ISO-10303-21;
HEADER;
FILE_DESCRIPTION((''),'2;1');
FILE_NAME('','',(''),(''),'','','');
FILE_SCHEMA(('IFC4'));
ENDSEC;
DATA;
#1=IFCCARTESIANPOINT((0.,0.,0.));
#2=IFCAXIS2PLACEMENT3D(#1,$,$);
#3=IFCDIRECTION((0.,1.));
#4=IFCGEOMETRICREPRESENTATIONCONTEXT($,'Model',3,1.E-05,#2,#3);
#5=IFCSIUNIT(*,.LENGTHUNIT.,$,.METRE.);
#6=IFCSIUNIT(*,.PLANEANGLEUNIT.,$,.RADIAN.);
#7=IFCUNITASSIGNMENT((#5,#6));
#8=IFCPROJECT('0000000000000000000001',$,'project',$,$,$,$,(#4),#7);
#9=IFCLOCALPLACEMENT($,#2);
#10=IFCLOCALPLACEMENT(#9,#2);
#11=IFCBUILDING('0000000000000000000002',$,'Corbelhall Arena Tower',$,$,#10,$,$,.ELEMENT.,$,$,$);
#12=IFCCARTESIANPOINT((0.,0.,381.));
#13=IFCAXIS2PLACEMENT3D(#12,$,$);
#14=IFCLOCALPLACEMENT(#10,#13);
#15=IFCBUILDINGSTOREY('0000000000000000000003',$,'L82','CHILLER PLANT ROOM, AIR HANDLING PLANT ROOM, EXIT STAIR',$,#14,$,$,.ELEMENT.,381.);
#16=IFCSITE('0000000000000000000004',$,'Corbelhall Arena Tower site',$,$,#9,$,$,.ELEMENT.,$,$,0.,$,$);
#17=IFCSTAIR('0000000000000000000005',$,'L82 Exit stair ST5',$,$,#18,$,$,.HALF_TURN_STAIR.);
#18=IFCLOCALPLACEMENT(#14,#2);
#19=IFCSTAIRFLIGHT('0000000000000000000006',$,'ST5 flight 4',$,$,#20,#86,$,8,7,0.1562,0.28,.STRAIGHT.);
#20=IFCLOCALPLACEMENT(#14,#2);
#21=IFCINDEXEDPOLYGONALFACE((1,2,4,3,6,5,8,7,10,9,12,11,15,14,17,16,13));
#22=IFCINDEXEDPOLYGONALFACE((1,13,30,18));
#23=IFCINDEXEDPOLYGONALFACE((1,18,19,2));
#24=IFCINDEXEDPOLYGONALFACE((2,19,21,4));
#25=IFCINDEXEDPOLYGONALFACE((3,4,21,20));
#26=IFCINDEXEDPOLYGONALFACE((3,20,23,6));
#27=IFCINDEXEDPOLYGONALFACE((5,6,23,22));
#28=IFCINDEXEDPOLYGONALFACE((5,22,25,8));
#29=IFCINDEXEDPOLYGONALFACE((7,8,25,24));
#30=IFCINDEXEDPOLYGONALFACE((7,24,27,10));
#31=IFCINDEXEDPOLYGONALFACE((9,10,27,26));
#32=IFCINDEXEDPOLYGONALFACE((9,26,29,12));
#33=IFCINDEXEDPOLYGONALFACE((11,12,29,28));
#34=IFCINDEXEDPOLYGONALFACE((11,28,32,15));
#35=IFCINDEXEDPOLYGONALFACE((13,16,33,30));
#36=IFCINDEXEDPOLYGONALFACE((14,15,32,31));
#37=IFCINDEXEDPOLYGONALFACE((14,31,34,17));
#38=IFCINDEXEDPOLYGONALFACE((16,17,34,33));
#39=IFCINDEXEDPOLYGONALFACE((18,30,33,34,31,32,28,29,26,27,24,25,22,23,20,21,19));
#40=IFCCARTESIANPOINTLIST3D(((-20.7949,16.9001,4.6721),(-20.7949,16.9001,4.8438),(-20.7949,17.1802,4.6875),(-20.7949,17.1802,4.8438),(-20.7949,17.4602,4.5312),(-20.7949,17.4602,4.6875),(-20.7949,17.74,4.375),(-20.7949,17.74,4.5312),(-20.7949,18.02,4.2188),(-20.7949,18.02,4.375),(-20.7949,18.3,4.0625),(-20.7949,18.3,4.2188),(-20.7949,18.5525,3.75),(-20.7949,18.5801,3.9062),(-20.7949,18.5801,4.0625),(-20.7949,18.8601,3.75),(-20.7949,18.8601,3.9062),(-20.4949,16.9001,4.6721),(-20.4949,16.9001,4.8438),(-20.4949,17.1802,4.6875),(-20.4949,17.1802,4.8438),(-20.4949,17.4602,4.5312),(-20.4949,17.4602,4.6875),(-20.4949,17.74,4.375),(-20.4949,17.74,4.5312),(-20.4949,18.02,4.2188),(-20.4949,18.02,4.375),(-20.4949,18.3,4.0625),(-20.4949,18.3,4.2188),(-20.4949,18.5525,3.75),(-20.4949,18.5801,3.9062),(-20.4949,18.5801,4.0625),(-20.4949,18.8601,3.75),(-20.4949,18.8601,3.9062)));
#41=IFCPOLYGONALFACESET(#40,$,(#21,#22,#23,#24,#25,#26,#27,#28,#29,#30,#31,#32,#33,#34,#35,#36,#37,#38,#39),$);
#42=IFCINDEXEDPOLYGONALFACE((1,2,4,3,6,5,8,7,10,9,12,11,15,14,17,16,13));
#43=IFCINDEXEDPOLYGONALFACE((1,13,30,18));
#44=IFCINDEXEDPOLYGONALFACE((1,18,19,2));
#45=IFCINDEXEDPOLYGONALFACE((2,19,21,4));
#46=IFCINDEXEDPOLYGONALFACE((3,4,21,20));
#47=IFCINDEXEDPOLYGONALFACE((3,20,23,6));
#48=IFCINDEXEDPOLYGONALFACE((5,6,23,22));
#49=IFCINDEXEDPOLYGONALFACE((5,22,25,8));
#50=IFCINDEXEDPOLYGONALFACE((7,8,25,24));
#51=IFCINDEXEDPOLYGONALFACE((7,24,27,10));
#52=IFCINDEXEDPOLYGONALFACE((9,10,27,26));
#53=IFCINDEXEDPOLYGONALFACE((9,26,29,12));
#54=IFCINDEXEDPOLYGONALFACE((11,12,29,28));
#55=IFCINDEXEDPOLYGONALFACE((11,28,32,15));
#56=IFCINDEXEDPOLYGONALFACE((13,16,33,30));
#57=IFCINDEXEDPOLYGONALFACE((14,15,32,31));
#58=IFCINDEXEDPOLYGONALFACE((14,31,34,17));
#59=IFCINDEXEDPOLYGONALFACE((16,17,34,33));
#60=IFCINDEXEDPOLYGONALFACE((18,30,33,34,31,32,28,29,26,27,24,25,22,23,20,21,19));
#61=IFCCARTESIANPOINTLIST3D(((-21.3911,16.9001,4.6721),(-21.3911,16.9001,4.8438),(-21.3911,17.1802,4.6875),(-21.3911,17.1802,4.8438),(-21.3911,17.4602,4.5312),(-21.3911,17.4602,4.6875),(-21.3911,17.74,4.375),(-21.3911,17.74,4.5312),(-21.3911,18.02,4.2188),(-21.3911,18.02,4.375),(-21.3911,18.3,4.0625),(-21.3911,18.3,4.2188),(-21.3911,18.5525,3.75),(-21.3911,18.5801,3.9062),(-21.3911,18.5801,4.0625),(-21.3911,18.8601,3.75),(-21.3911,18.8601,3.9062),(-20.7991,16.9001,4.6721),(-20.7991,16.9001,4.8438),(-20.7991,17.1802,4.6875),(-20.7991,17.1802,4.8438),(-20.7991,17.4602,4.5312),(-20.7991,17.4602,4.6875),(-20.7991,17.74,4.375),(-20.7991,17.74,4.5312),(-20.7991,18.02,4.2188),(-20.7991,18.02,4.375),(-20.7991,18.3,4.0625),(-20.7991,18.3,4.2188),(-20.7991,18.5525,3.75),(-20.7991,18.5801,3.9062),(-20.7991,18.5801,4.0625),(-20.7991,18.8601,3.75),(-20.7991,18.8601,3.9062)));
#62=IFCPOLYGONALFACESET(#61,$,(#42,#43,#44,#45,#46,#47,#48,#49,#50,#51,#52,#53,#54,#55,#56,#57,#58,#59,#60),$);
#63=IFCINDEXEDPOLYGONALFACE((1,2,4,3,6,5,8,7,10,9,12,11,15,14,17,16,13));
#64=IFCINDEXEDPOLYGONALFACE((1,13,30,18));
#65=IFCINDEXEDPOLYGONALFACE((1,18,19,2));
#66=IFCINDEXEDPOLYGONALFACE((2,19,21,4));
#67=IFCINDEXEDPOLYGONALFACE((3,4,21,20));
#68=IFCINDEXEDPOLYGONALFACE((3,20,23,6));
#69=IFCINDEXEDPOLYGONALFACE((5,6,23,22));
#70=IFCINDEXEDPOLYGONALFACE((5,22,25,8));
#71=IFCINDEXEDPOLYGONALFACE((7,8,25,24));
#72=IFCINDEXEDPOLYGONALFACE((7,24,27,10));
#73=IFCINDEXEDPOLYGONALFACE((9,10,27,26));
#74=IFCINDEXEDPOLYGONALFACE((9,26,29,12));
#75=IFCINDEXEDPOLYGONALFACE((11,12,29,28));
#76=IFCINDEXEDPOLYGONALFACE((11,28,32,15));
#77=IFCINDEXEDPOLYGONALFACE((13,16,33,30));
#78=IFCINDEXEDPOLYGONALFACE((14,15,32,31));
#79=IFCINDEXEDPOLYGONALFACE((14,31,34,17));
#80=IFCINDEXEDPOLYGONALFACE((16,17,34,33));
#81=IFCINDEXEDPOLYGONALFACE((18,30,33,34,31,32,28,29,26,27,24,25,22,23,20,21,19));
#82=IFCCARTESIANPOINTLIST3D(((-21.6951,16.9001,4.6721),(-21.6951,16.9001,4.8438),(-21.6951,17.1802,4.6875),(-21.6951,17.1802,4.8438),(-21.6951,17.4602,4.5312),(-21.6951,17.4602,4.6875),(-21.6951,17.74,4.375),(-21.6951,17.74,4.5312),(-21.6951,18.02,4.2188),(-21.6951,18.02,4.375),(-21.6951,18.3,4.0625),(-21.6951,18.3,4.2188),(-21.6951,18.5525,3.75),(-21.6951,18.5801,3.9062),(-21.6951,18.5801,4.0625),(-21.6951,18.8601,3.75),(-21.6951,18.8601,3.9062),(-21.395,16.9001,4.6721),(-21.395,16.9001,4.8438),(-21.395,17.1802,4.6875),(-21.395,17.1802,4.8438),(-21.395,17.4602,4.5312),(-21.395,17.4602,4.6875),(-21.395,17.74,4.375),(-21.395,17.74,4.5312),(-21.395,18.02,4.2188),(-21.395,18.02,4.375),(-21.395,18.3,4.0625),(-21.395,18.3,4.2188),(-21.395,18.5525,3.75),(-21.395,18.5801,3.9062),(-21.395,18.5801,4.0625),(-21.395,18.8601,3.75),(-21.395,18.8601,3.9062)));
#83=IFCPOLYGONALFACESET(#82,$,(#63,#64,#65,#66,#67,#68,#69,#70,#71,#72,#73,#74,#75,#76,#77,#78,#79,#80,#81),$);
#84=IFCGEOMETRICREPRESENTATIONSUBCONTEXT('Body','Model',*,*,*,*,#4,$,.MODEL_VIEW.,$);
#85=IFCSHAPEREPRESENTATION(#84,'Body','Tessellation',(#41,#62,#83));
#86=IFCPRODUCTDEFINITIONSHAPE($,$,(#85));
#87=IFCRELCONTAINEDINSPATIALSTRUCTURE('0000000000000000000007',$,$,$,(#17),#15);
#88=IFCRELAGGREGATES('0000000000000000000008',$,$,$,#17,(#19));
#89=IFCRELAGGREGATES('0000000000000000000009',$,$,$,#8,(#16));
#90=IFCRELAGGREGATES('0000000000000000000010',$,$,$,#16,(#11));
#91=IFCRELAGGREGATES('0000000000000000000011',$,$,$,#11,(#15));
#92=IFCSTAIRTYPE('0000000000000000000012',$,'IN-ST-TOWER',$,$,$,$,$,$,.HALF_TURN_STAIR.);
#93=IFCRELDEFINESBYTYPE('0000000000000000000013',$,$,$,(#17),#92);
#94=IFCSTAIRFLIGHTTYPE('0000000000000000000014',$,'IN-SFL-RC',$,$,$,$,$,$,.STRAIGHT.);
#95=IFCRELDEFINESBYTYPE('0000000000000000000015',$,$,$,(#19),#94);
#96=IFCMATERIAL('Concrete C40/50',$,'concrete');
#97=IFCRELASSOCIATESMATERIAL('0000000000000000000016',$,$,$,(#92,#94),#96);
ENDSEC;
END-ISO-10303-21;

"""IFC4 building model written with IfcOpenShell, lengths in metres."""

from ifc_helpers import new_model, si_unit, direction, frame, origin, place, context, subcontext, project, spatial, polyline, outline, extrude, material, type_object, element, aggregate, save


model = new_model("IFC4")

# Units and contexts
model_context = context("Model", 3, precision=1e-05, world=origin(), true_north=direction((0.0, 1.0)))
body_context = subcontext(model_context, "Body", "Model", "MODEL_VIEW")
ifc_project = project(units=[si_unit("LENGTHUNIT", "METRE"), si_unit("PLANEANGLEUNIT", "RADIAN")], contexts=[model_context])

# Site, building, storey
site_placement = place(None, origin())
site = spatial("IfcSite", under=ifc_project, at=site_placement, Name="Corbelhall Arena Tower site", CompositionType="ELEMENT", RefElevation=0.0)
building_placement = place(site_placement, origin())
building = spatial("IfcBuilding", under=site, at=building_placement, Name="Corbelhall Arena Tower", CompositionType="ELEMENT")
storey_placement = place(building_placement, frame((0.0, 0.0, 381.0)))
storey = spatial("IfcBuildingStorey", under=building, at=storey_placement, Name="L82", Description="CHILLER PLANT ROOM, AIR HANDLING PLANT ROOM, EXIT STAIR", CompositionType="ELEMENT", Elevation=381.0)

# Shared definitions
ifc_material_1 = material(Name="Concrete C40/50", Category="concrete")

# Stair, stair flight
stair_type = type_object("IfcStairType", Name="IN-ST-TOWER", PredefinedType="HALF_TURN_STAIR", material=ifc_material_1)
stair_placement = place(storey_placement, origin())
stair = element("IfcStair", 1, at=stair_placement, inside=storey, type_object=stair_type, Name="L82 Exit stair ST5", PredefinedType="HALF_TURN_STAIR")
stair_flight_type = type_object("IfcStairFlightType", Name="IN-SFL-RC", PredefinedType="STRAIGHT", material=ifc_material_1)
stair_flight_1_placement = place(storey_placement, frame((-21.095, 18.8601, 3.75), z_axis=(0.0, 0.0, 1.0), x_axis=(0.0, -1.0, 0.0)))
stair_flight_1 = element("IfcStairFlight", 2, at=stair_flight_1_placement, type_object=stair_flight_type, Name="ST5 flight 4", NumberOfRisers=8, NumberOfTreads=7, PredefinedType="STRAIGHT", RiserHeight=0.1562, TreadLength=0.28, context=body_context, shape_type="SweptSolid", body=[
    extrude(outline(polyline([(0.0, 0.0), (0.0, 0.1562), (0.28, 0.1562), (0.28, 0.3125), (0.5601, 0.3125), (0.5601, 0.4688), (0.8401, 0.4688), (0.8401, 0.625), (1.1201, 0.625), (1.1201, 0.7812), (1.3999, 0.7812), (1.3999, 0.9375), (1.6799, 0.9375), (1.6799, 1.0938), (1.96, 1.0938), (1.96, 1.25), (1.96, 0.9221), (0.3076, 0.0), (0.0, 0.0)])), frame((0.0, 0.6001, 0.0), z_axis=(0.0, -1.0, 0.0), x_axis=(1.0, 0.0, 0.0)), (0.0, 0.0, 1.0), 0.3),
    extrude(outline(polyline([(0.0, 0.0), (0.0, 0.1562), (0.28, 0.1562), (0.28, 0.3125), (0.5601, 0.3125), (0.5601, 0.4688), (0.8401, 0.4688), (0.8401, 0.625), (1.1201, 0.625), (1.1201, 0.7812), (1.3999, 0.7812), (1.3999, 0.9375), (1.6799, 0.9375), (1.6799, 1.0938), (1.96, 1.0938), (1.96, 1.25), (1.96, 0.9221), (0.3076, 0.0), (0.0, 0.0)])), frame((0.0, 0.2959, 0.0), z_axis=(0.0, -1.0, 0.0), x_axis=(1.0, 0.0, 0.0)), (0.0, 0.0, 1.0), 0.592),
    extrude(outline(polyline([(0.0, 0.0), (0.0, 0.1562), (0.28, 0.1562), (0.28, 0.3125), (0.5601, 0.3125), (0.5601, 0.4688), (0.8401, 0.4688), (0.8401, 0.625), (1.1201, 0.625), (1.1201, 0.7812), (1.3999, 0.7812), (1.3999, 0.9375), (1.6799, 0.9375), (1.6799, 1.0938), (1.96, 1.0938), (1.96, 1.25), (1.96, 0.9221), (0.3076, 0.0), (0.0, 0.0)])), frame((0.0, -0.3, 0.0), z_axis=(0.0, -1.0, 0.0), x_axis=(1.0, 0.0, 0.0)), (0.0, 0.0, 1.0), 0.3),
])
aggregate(stair, [stair_flight_1])

save(model, "model.ifc")
